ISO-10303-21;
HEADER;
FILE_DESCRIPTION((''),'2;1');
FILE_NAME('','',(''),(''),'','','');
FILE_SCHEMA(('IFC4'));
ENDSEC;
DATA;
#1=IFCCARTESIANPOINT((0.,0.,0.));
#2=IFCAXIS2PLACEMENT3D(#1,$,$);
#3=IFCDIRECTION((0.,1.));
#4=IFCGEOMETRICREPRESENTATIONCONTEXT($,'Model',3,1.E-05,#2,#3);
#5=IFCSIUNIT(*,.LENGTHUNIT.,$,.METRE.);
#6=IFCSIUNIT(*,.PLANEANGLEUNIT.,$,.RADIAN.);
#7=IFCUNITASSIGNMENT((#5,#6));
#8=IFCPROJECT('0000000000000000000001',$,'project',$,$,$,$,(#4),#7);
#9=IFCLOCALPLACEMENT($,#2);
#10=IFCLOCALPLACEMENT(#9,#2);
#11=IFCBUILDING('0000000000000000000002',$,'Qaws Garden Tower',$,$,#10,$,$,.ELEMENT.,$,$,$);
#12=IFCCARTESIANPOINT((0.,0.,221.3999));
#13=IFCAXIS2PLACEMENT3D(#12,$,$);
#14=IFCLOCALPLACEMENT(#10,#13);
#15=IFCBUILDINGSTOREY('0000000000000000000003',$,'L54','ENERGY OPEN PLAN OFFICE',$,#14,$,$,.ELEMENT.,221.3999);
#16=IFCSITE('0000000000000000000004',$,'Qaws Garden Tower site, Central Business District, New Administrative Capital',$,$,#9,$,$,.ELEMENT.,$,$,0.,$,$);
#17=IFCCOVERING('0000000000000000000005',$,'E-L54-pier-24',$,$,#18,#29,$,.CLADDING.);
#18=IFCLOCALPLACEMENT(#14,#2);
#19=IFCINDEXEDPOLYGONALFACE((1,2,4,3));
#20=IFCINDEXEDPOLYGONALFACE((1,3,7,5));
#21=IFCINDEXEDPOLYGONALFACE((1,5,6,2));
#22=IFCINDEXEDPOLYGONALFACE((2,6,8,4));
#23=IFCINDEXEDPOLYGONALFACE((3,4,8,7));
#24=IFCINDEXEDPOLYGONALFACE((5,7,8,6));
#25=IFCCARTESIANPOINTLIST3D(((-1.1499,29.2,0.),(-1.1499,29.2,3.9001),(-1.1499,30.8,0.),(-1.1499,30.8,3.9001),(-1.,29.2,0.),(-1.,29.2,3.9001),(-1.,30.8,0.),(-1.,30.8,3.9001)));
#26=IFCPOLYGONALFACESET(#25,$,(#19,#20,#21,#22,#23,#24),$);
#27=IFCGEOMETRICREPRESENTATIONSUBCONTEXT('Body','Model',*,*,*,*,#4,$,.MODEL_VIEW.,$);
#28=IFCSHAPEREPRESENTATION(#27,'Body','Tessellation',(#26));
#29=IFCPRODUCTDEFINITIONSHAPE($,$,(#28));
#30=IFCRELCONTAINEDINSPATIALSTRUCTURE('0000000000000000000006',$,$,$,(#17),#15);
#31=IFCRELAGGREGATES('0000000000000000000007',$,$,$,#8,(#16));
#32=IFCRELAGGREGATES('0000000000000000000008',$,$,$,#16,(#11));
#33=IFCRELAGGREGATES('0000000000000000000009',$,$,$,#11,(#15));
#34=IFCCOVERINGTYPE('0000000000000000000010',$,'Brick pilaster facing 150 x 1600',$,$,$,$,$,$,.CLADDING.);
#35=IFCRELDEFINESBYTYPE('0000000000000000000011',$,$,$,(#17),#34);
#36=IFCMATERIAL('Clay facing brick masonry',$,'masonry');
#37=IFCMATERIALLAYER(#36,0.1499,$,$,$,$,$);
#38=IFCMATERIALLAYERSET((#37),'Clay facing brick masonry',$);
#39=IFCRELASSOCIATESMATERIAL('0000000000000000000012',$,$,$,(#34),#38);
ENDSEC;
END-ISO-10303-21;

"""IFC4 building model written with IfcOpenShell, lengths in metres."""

from ifc_helpers import new_model, si_unit, direction, frame, origin, place, context, subcontext, project, spatial, polyline, outline, extrude, material, layer, layer_set, type_object, element, save


model = new_model("IFC4")

# Units and contexts
model_context = context("Model", 3, precision=1e-05, world=origin(), true_north=direction((0.0, 1.0)))
body_context = subcontext(model_context, "Body", "Model", "MODEL_VIEW")
ifc_project = project(units=[si_unit("LENGTHUNIT", "METRE"), si_unit("PLANEANGLEUNIT", "RADIAN")], contexts=[model_context])

# Site, building, storey
site_placement = place(None, origin())
site = spatial("IfcSite", under=ifc_project, at=site_placement, Name="Qaws Garden Tower site, Central Business District, New Administrative Capital", CompositionType="ELEMENT", RefElevation=0.0)
building_placement = place(site_placement, origin())
building = spatial("IfcBuilding", under=site, at=building_placement, Name="Qaws Garden Tower", CompositionType="ELEMENT")
storey_placement = place(building_placement, frame((0.0, 0.0, 221.3999)))
storey = spatial("IfcBuildingStorey", under=building, at=storey_placement, Name="L54", Description="ENERGY OPEN PLAN OFFICE", CompositionType="ELEMENT", Elevation=221.3999)

# Shared definitions
placement = place(storey_placement, origin())

# Covering
ifc_material_1 = material(Name="Clay facing brick masonry", Category="masonry")
ifc_layer_1 = layer(ifc_material_1, 0.1499)
ifc_layer_set_1 = layer_set([ifc_layer_1], Name="Clay facing brick masonry")
covering_type = type_object("IfcCoveringType", Name="Brick pilaster facing 150 x 1600", PredefinedType="CLADDING", material=ifc_layer_set_1)
element("IfcCovering", 1, at=placement, inside=storey, type_object=covering_type, Name="E-L54-pier-24", PredefinedType="CLADDING", context=body_context, shape_type="SweptSolid", body=[
    extrude(outline(polyline([(-1.0, 30.8), (-1.0, 29.2), (-1.1499, 29.2), (-1.1499, 30.8), (-1.0, 30.8)])), origin(), (0.0, 0.0, 1.0), 3.9001),
])

save(model, "model.ifc")
